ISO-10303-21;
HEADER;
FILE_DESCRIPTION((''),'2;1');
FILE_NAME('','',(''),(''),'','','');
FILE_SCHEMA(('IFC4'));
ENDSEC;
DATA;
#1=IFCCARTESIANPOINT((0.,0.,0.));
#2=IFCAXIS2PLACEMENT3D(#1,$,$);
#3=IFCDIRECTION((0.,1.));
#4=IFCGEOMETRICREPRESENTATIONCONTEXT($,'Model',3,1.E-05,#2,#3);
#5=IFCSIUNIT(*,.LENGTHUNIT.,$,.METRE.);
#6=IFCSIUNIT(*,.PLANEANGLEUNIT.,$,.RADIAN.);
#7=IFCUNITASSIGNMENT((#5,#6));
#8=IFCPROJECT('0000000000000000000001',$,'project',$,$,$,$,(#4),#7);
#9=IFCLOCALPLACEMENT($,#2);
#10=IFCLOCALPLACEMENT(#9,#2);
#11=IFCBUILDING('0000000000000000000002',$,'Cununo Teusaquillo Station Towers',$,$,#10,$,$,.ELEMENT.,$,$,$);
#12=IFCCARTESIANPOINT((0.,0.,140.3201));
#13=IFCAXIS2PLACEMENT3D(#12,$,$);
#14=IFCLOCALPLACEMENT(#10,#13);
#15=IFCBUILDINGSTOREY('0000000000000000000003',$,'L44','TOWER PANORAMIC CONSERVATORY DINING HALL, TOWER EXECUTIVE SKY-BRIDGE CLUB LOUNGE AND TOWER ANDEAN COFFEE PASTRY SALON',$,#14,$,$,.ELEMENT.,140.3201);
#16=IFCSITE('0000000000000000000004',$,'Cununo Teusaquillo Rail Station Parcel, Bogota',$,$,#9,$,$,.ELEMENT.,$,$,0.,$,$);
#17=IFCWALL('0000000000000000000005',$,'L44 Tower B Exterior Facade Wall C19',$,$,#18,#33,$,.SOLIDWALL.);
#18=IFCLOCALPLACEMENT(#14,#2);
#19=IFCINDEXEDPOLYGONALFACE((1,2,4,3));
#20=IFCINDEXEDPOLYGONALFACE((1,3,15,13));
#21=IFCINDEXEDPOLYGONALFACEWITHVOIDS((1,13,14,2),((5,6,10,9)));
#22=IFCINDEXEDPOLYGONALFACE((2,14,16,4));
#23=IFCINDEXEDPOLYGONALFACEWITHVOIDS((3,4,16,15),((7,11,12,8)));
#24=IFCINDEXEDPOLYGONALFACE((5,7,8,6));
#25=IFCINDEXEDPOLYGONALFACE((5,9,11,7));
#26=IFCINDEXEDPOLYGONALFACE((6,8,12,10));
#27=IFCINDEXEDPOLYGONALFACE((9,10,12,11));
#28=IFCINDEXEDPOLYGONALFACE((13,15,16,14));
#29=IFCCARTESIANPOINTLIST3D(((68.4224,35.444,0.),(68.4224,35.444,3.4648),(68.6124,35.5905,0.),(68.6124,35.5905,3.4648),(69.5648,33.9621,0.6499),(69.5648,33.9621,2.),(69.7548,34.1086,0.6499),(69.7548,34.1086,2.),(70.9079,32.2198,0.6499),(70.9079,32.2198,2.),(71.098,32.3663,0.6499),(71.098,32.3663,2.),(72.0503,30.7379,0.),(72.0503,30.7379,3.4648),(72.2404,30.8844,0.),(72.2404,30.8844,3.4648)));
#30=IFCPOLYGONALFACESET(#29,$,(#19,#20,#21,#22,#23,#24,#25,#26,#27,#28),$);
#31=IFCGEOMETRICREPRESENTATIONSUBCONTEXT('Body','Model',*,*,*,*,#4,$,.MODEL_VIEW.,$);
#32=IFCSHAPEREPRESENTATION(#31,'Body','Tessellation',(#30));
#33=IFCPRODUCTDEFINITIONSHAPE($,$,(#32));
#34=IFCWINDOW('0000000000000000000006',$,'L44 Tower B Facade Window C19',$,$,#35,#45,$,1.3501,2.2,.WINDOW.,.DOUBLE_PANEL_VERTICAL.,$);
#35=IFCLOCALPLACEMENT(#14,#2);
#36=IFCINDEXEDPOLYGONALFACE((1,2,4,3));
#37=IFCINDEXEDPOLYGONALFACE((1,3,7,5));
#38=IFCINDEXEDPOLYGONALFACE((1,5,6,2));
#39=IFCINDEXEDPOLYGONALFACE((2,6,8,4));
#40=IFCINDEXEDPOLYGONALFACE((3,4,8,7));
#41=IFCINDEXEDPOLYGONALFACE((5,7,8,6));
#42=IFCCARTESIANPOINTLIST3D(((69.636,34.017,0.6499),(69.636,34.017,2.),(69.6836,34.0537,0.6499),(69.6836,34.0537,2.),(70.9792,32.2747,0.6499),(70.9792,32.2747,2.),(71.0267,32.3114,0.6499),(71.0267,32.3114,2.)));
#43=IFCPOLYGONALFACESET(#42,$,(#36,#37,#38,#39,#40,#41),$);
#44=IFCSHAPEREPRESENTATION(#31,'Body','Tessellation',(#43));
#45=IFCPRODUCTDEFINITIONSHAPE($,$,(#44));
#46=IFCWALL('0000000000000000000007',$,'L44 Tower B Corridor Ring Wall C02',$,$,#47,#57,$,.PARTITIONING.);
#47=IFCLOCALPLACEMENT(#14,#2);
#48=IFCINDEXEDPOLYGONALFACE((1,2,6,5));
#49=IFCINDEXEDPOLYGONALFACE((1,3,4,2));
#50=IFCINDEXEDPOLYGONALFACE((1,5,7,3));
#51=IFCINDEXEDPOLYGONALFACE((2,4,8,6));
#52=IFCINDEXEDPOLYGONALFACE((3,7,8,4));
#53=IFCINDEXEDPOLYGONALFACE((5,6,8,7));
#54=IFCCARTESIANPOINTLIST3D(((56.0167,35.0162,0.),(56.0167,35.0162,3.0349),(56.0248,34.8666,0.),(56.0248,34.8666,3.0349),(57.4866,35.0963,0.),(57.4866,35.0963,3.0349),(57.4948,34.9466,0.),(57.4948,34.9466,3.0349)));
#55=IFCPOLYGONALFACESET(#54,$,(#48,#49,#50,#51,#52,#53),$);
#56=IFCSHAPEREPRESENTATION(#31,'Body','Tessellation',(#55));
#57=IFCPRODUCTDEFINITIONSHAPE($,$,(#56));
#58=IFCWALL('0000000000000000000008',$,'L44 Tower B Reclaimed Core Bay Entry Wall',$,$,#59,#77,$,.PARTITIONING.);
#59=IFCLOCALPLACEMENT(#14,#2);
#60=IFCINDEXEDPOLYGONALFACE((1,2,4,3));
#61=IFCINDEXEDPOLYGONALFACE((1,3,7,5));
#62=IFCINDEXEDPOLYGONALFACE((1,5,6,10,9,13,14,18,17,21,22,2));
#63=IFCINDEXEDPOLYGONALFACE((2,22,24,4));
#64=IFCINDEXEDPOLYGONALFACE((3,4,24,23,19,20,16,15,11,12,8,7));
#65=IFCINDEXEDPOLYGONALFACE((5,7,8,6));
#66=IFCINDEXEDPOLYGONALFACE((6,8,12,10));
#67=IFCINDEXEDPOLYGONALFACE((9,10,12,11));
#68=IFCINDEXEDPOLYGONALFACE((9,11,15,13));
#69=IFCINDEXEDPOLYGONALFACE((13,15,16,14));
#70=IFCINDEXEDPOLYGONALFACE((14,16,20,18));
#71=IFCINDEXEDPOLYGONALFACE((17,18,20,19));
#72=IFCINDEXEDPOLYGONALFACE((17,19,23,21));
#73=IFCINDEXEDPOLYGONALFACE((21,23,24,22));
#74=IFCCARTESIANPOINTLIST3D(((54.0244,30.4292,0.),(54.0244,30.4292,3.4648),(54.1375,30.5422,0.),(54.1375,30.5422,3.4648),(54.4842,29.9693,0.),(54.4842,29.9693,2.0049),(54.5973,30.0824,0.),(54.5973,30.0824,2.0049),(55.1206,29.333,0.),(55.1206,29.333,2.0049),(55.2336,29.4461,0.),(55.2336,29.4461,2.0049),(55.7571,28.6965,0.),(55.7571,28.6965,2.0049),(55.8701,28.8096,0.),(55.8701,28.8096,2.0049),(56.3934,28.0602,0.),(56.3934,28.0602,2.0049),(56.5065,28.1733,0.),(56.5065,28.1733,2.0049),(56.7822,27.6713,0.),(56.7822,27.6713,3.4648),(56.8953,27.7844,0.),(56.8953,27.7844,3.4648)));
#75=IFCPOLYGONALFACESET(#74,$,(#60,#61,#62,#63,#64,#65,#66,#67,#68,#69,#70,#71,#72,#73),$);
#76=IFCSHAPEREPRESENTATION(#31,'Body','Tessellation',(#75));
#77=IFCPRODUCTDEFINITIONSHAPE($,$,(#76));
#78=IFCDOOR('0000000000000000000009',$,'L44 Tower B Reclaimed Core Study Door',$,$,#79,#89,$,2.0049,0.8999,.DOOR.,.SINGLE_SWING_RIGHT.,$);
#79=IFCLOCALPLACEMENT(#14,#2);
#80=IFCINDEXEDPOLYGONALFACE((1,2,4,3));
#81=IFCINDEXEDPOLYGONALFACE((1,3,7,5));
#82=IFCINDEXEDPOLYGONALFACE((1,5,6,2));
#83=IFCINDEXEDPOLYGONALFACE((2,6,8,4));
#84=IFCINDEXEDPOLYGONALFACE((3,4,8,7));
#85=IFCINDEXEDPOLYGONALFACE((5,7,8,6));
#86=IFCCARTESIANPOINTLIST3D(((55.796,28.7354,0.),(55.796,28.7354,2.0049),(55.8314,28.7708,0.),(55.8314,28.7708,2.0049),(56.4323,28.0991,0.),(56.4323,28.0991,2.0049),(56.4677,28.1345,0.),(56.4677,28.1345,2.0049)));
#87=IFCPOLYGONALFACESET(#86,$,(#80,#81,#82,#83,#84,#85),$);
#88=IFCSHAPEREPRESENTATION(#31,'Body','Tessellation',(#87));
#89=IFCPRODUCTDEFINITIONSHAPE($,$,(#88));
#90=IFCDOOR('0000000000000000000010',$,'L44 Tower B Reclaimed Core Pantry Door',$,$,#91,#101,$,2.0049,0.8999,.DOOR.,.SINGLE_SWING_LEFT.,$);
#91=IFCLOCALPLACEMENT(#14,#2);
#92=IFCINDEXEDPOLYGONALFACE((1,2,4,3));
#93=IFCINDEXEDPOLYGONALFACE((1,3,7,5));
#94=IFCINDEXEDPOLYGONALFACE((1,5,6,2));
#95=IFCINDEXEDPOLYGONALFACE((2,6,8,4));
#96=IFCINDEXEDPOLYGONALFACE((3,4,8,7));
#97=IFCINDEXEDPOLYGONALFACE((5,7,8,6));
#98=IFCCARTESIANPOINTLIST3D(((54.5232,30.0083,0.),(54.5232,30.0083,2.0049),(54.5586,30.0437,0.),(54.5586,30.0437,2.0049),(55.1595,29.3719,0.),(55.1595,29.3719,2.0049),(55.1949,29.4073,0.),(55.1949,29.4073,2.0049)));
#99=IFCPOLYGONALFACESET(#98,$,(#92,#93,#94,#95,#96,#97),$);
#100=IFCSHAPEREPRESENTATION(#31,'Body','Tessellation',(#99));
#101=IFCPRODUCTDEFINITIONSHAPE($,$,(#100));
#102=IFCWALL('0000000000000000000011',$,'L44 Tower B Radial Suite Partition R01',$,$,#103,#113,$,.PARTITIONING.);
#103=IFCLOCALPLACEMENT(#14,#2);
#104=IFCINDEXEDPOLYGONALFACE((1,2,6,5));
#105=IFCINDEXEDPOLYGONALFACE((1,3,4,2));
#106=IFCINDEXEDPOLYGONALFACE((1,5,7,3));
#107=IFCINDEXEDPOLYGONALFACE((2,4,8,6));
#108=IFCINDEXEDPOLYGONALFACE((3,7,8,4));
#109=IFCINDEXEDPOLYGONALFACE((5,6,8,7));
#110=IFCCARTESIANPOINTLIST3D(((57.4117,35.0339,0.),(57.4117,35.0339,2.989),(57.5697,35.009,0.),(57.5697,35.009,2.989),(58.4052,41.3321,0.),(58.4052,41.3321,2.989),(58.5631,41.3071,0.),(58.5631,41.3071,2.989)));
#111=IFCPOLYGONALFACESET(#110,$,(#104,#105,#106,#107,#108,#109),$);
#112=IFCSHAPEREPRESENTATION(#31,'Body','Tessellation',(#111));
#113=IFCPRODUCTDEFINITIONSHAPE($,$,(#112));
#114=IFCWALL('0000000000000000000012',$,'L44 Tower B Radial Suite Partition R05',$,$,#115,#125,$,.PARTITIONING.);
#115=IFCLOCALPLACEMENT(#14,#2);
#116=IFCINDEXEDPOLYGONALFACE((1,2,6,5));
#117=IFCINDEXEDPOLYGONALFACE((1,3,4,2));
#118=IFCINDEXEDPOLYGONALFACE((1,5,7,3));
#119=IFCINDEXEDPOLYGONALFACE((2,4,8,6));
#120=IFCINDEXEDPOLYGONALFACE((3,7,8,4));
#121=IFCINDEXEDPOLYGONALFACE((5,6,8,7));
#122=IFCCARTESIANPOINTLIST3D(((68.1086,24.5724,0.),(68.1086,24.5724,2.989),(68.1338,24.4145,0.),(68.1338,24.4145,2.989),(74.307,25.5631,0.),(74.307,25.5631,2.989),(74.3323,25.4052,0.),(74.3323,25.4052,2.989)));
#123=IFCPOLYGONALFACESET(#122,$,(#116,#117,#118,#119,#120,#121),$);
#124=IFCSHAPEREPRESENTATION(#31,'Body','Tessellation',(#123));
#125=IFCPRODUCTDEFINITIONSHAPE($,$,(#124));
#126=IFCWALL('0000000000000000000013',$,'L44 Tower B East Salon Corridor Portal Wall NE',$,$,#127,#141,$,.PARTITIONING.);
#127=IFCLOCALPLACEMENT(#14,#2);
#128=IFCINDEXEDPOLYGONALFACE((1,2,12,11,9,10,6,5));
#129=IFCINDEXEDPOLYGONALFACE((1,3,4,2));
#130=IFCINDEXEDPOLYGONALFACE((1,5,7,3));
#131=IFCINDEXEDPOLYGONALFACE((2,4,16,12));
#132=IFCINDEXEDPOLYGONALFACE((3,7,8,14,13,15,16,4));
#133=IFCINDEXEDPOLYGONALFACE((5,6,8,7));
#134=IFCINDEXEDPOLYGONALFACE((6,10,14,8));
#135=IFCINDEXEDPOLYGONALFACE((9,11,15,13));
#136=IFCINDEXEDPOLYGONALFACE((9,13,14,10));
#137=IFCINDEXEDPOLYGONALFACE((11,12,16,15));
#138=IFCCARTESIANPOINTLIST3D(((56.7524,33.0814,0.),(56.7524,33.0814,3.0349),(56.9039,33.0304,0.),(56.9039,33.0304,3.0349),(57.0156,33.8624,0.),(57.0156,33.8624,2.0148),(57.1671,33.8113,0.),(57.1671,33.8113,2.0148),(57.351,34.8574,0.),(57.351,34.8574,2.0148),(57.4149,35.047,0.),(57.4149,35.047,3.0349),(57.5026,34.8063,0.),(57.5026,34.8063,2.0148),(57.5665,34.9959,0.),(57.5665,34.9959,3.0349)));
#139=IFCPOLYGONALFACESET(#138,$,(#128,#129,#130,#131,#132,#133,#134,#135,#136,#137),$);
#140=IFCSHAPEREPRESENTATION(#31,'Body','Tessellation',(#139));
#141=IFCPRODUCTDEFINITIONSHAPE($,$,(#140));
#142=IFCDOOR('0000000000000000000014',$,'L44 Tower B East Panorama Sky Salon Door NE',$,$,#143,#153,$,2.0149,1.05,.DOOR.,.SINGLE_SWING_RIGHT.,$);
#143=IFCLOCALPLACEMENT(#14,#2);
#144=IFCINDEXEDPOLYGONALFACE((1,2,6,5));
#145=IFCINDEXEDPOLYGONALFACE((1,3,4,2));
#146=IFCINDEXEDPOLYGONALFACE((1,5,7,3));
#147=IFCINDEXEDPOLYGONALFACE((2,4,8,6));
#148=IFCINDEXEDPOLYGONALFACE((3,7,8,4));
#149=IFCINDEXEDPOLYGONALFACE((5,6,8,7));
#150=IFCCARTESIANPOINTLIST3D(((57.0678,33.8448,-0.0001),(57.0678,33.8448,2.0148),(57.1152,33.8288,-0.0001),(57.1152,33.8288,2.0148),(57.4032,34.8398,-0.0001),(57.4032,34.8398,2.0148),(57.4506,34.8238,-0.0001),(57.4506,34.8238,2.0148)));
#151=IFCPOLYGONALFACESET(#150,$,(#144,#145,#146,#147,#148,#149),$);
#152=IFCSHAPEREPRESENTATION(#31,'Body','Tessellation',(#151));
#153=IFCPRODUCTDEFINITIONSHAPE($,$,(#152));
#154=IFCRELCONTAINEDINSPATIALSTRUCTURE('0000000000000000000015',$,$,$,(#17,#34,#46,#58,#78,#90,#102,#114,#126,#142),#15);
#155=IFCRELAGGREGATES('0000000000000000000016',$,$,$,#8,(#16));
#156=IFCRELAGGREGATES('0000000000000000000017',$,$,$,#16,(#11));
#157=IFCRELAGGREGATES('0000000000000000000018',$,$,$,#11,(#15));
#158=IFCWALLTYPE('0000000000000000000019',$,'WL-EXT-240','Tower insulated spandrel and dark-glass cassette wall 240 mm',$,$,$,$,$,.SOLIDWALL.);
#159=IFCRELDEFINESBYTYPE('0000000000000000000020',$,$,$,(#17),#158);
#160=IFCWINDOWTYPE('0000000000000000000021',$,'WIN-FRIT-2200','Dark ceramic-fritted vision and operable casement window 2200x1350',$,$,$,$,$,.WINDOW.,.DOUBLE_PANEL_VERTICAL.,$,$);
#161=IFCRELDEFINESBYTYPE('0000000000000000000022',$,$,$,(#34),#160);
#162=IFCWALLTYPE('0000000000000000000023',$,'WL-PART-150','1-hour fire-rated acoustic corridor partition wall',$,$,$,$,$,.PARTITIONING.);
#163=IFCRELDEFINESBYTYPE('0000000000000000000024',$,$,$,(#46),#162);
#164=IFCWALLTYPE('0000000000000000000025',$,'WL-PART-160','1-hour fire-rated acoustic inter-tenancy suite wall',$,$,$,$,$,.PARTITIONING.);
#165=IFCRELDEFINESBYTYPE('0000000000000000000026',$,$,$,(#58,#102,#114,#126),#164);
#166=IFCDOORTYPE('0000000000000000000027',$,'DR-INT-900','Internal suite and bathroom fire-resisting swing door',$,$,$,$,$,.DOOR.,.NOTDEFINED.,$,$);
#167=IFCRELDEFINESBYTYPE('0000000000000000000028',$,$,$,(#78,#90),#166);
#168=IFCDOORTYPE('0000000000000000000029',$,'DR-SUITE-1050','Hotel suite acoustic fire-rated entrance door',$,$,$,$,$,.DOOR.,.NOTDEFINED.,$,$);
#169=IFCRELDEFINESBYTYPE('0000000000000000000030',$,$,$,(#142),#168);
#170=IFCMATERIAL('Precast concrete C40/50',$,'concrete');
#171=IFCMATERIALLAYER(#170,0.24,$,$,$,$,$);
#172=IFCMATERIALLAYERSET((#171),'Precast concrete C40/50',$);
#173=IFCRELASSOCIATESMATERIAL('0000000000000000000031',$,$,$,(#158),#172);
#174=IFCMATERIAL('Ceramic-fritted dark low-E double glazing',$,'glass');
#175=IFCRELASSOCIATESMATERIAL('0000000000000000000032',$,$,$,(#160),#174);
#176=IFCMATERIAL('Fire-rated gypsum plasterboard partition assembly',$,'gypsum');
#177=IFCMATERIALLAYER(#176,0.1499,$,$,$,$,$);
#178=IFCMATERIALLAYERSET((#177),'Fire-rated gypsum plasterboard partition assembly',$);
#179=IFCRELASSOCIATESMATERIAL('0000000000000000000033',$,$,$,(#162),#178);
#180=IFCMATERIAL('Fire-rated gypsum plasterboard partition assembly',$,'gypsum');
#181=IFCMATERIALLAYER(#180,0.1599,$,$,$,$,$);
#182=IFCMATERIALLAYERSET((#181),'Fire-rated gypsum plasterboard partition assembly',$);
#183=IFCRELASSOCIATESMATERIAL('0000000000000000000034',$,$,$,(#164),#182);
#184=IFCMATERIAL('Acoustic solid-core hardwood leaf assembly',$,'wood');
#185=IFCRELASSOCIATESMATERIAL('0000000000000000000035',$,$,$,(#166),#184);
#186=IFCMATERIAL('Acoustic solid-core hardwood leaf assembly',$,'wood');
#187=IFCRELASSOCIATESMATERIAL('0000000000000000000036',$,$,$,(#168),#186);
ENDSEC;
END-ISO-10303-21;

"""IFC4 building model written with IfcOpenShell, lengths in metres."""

from ifc_helpers import new_model, si_unit, direction, frame, frame_2d, origin, place, context, subcontext, project, spatial, rectangle, extrude, source, transform, mapped, material, layer, layer_set, type_object, element, fill, save


model = new_model("IFC4")

# Units and contexts
model_context = context("Model", 3, precision=1e-05, world=origin(), true_north=direction((0.0, 1.0)))
body_context = subcontext(model_context, "Body", "Model", "MODEL_VIEW")
ifc_project = project(units=[si_unit("LENGTHUNIT", "METRE"), si_unit("PLANEANGLEUNIT", "RADIAN")], contexts=[model_context])

# Site, building, storey
site_placement = place(None, origin())
site = spatial("IfcSite", under=ifc_project, at=site_placement, Name="Cununo Teusaquillo Rail Station Parcel, Bogota", CompositionType="ELEMENT", RefElevation=0.0)
building_placement = place(site_placement, origin())
building = spatial("IfcBuilding", under=site, at=building_placement, Name="Cununo Teusaquillo Station Towers", CompositionType="ELEMENT")
storey_placement = place(building_placement, frame((0.0, 0.0, 140.3201)))
storey = spatial("IfcBuildingStorey", under=building, at=storey_placement, Name="L44", Description="TOWER PANORAMIC CONSERVATORY DINING HALL, TOWER EXECUTIVE SKY-BRIDGE CLUB LOUNGE AND TOWER ANDEAN COFFEE PASTRY SALON", CompositionType="ELEMENT", Elevation=140.3201)

# Shared definitions
ifc_material_1 = material(Name="Precast concrete C40/50", Category="concrete")
ifc_layer_1 = layer(ifc_material_1, 0.24)
ifc_layer_set_1 = layer_set([ifc_layer_1], Name="Precast concrete C40/50")
wall_type_1 = type_object("IfcWallType", Name="WL-EXT-240", Description="Tower insulated spandrel and dark-glass cassette wall 240 mm", PredefinedType="SOLIDWALL", material=ifc_layer_set_1)

# Wall, opening, window
wall_1_placement = place(storey_placement, frame((68.5173, 35.5173, 0.0), z_axis=(0.0, 0.0, 1.0), x_axis=(0.610544, -0.791982, 0.0)))
wall_1 = element("IfcWall", 1, at=wall_1_placement, inside=storey, type_object=wall_type_1, Name="L44 Tower B Exterior Facade Wall C19", PredefinedType="SOLIDWALL", context=body_context, shape_type="SweptSolid", body=[
    extrude(rectangle(XDim=5.9421, YDim=0.24, at=frame_2d((2.9712, 0.0))), origin(), (0.0, 0.0, 1.0), 3.4648),
])
shared_shape_1 = source(origin(), body_context, "Body", "SweptSolid", [
    extrude(rectangle(XDim=2.2, YDim=1.3501, at=frame_2d((1.1001, 0.675))), frame((0.0, 0.1299, 0.0), z_axis=(0.0, -1.0, 0.0), x_axis=(1.0, 0.0, 0.0)), (0.0, 0.0, 1.0), 0.26),
])
opening_1_placement = place(wall_1_placement, frame((1.8711, 0.0, 0.6499)))
opening_1 = element("IfcOpeningElement", 2, at=opening_1_placement, cuts=wall_1, PredefinedType="OPENING", context=body_context, shape_type="MappedRepresentation", body=[
    mapped(shared_shape_1, transform((0.0, 0.0, 0.0), x_axis=(1.0, 0.0, 0.0), y_axis=(0.0, 1.0, 0.0), z_axis=(0.0, 0.0, 1.0), scale=1.0)),
])
ifc_material_2 = material(Name="Ceramic-fritted dark low-E double glazing", Category="glass")
window_type_1 = type_object("IfcWindowType", Name="WIN-FRIT-2200", Description="Dark ceramic-fritted vision and operable casement window 2200x1350", PartitioningType="DOUBLE_PANEL_VERTICAL", PredefinedType="WINDOW", material=ifc_material_2)
shared_shape_2 = source(origin(), body_context, "Body", "SweptSolid", [
    extrude(rectangle(XDim=2.2, YDim=1.3501, at=frame_2d((1.1001, 0.675))), frame((0.0, 0.03, 0.0), z_axis=(0.0, -1.0, 0.0), x_axis=(1.0, 0.0, 0.0)), (0.0, 0.0, 1.0), 0.0601),
])
window_1_placement = place(opening_1_placement, origin())
window_1 = element("IfcWindow", 3, at=window_1_placement, inside=storey, type_object=window_type_1, Name="L44 Tower B Facade Window C19", OverallHeight=1.3501, OverallWidth=2.2, PartitioningType="DOUBLE_PANEL_VERTICAL", PredefinedType="WINDOW", context=body_context, shape_type="MappedRepresentation", body=[
    mapped(shared_shape_2, transform((0.0, 0.0, 0.0), x_axis=(1.0, 0.0, 0.0), y_axis=(0.0, 1.0, 0.0), z_axis=(0.0, 0.0, 1.0), scale=1.0)),
])
fill(opening_1, window_1)

# Wall
ifc_material_3 = material(Name="Fire-rated gypsum plasterboard partition assembly", Category="gypsum")
ifc_layer_2 = layer(ifc_material_3, 0.1499)
ifc_layer_set_2 = layer_set([ifc_layer_2], Name="Fire-rated gypsum plasterboard partition assembly")
wall_type_2 = type_object("IfcWallType", Name="WL-PART-150", Description="1-hour fire-rated acoustic corridor partition wall", PredefinedType="PARTITIONING", material=ifc_layer_set_2)
wall_2_placement = place(storey_placement, frame((57.4907, 35.0215, 0.0), z_axis=(0.0, 0.0, 1.0), x_axis=(-0.998519, -0.054395, 0.0)))
element("IfcWall", 4, at=wall_2_placement, inside=storey, type_object=wall_type_2, Name="L44 Tower B Corridor Ring Wall C02", PredefinedType="PARTITIONING", context=body_context, shape_type="SweptSolid", body=[
    extrude(rectangle(XDim=1.4722, YDim=0.1499, at=frame_2d((0.7361, 0.0))), origin(), (0.0, 0.0, 1.0), 3.0349),
])

# Wall, openings, doors
ifc_material_4 = material(Name="Fire-rated gypsum plasterboard partition assembly", Category="gypsum")
ifc_layer_3 = layer(ifc_material_4, 0.1599)
ifc_layer_set_3 = layer_set([ifc_layer_3], Name="Fire-rated gypsum plasterboard partition assembly")
wall_type_3 = type_object("IfcWallType", Name="WL-PART-160", Description="1-hour fire-rated acoustic inter-tenancy suite wall", PredefinedType="PARTITIONING", material=ifc_layer_set_3)
wall_3_placement = place(storey_placement, frame((56.8389, 27.7278, 0.0), z_axis=(0.0, 0.0, 1.0), x_axis=(-0.707107, 0.707107, 0.0)))
wall_3 = element("IfcWall", 5, at=wall_3_placement, inside=storey, type_object=wall_type_3, Name="L44 Tower B Reclaimed Core Bay Entry Wall", PredefinedType="PARTITIONING", context=body_context, shape_type="SweptSolid", body=[
    extrude(rectangle(XDim=3.9001, YDim=0.1599, at=frame_2d((1.9502, 0.0))), origin(), (0.0, 0.0, 1.0), 3.4648),
])
shared_shape_3 = source(origin(), body_context, "Body", "SweptSolid", [
    extrude(rectangle(XDim=0.8999, YDim=2.0049, at=frame_2d((0.45, 1.0024))), frame((0.0, 0.0898, 0.0), z_axis=(0.0, -1.0, 0.0), x_axis=(1.0, 0.0, 0.0)), (0.0, 0.0, 1.0), 0.1799),
])
opening_2_placement = place(wall_3_placement, frame((0.55, 0.0, 0.0)))
opening_2 = element("IfcOpeningElement", 6, at=opening_2_placement, cuts=wall_3, PredefinedType="OPENING", context=body_context, shape_type="MappedRepresentation", body=[
    mapped(shared_shape_3, transform((0.0, 0.0, 0.0), x_axis=(1.0, 0.0, 0.0), y_axis=(0.0, 1.0, 0.0), z_axis=(0.0, 0.0, 1.0), scale=1.0)),
])
opening_3_placement = place(wall_3_placement, frame((2.3501, 0.0, 0.0)))
opening_3 = element("IfcOpeningElement", 7, at=opening_3_placement, cuts=wall_3, PredefinedType="OPENING", context=body_context, shape_type="MappedRepresentation", body=[
    mapped(shared_shape_3, transform((0.0, 0.0, 0.0), x_axis=(1.0, 0.0, 0.0), y_axis=(0.0, 1.0, 0.0), z_axis=(0.0, 0.0, 1.0), scale=1.0)),
])
ifc_material_5 = material(Name="Acoustic solid-core hardwood leaf assembly", Category="wood")
door_type_1 = type_object("IfcDoorType", Name="DR-INT-900", Description="Internal suite and bathroom fire-resisting swing door", OperationType="NOTDEFINED", PredefinedType="DOOR", material=ifc_material_5)
shared_shape_4 = source(origin(), body_context, "Body", "SweptSolid", [
    extrude(rectangle(XDim=0.8999, YDim=2.0049, at=frame_2d((0.45, 1.0024))), frame((0.0, 0.0249, 0.0), z_axis=(0.0, -1.0, 0.0), x_axis=(1.0, 0.0, 0.0)), (0.0, 0.0, 1.0), 0.05),
])
door_1_placement = place(opening_2_placement, origin())
door_1 = element("IfcDoor", 8, at=door_1_placement, inside=storey, type_object=door_type_1, Name="L44 Tower B Reclaimed Core Study Door", OperationType="SINGLE_SWING_RIGHT", OverallHeight=2.0049, OverallWidth=0.8999, PredefinedType="DOOR", context=body_context, shape_type="MappedRepresentation", body=[
    mapped(shared_shape_4, transform((0.0, 0.0, 0.0), x_axis=(1.0, 0.0, 0.0), y_axis=(0.0, 1.0, 0.0), z_axis=(0.0, 0.0, 1.0), scale=1.0)),
])
fill(opening_2, door_1)
door_2_placement = place(opening_3_placement, origin())
door_2 = element("IfcDoor", 9, at=door_2_placement, inside=storey, type_object=door_type_1, Name="L44 Tower B Reclaimed Core Pantry Door", OperationType="SINGLE_SWING_LEFT", OverallHeight=2.0049, OverallWidth=0.8999, PredefinedType="DOOR", context=body_context, shape_type="MappedRepresentation", body=[
    mapped(shared_shape_4, transform((0.0, 0.0, 0.0), x_axis=(1.0, 0.0, 0.0), y_axis=(0.0, 1.0, 0.0), z_axis=(0.0, 0.0, 1.0), scale=1.0)),
])
fill(opening_3, door_2)

# Walls
wall_4_placement = place(storey_placement, frame((57.4907, 35.0215, 0.0), z_axis=(0.0, 0.0, 1.0), x_axis=(0.155805, 0.987788, 0.0)))
element("IfcWall", 10, at=wall_4_placement, inside=storey, type_object=wall_type_3, Name="L44 Tower B Radial Suite Partition R01", PredefinedType="PARTITIONING", context=body_context, shape_type="SweptSolid", body=[
    extrude(rectangle(XDim=6.376, YDim=0.1599, at=frame_2d((3.188, 0.0))), origin(), (0.0, 0.0, 1.0), 2.989),
])
wall_5_placement = place(storey_placement, frame((68.1211, 24.4934, 0.0), z_axis=(0.0, 0.0, 1.0), x_axis=(0.987466, 0.15783, 0.0)))
element("IfcWall", 11, at=wall_5_placement, inside=storey, type_object=wall_type_3, Name="L44 Tower B Radial Suite Partition R05", PredefinedType="PARTITIONING", context=body_context, shape_type="SweptSolid", body=[
    extrude(rectangle(XDim=6.2771, YDim=0.1599, at=frame_2d((3.1387, 0.0))), origin(), (0.0, 0.0, 1.0), 2.989),
])

# Wall, opening, door
wall_6_placement = place(storey_placement, frame((56.8281, 33.0559, 0.0), z_axis=(0.0, 0.0, 1.0), x_axis=(0.319439, 0.947607, 0.0)))
wall_6 = element("IfcWall", 12, at=wall_6_placement, inside=storey, type_object=wall_type_3, Name="L44 Tower B East Salon Corridor Portal Wall NE", PredefinedType="PARTITIONING", context=body_context, shape_type="SweptSolid", body=[
    extrude(rectangle(XDim=2.0742, YDim=0.1599, at=frame_2d((1.0371, 0.0))), origin(), (0.0, 0.0, 1.0), 3.0349),
])
shared_shape_5 = source(origin(), body_context, "Body", "SweptSolid", [
    extrude(rectangle(XDim=1.05, YDim=2.0149, at=frame_2d((0.5249, 1.0073))), frame((0.0, 0.0898, 0.0), z_axis=(0.0, -1.0, 0.0), x_axis=(1.0, 0.0, 0.0)), (0.0, 0.0, 1.0), 0.1799),
])
opening_4_placement = place(wall_6_placement, frame((0.8242, 0.0, 0.0)))
opening_4 = element("IfcOpeningElement", 13, at=opening_4_placement, cuts=wall_6, PredefinedType="OPENING", context=body_context, shape_type="MappedRepresentation", body=[
    mapped(shared_shape_5, transform((0.0, 0.0, 0.0), x_axis=(1.0, 0.0, 0.0), y_axis=(0.0, 1.0, 0.0), z_axis=(0.0, 0.0, 1.0), scale=1.0)),
])
ifc_material_6 = material(Name="Acoustic solid-core hardwood leaf assembly", Category="wood")
door_type_2 = type_object("IfcDoorType", Name="DR-SUITE-1050", Description="Hotel suite acoustic fire-rated entrance door", OperationType="NOTDEFINED", PredefinedType="DOOR", material=ifc_material_6)
shared_shape_6 = source(origin(), body_context, "Body", "SweptSolid", [
    extrude(rectangle(XDim=1.05, YDim=2.0149, at=frame_2d((0.5249, 1.0073))), frame((0.0, 0.0249, 0.0), z_axis=(0.0, -1.0, 0.0), x_axis=(1.0, 0.0, 0.0)), (0.0, 0.0, 1.0), 0.05),
])
door_3_placement = place(opening_4_placement, origin())
door_3 = element("IfcDoor", 14, at=door_3_placement, inside=storey, type_object=door_type_2, Name="L44 Tower B East Panorama Sky Salon Door NE", OperationType="SINGLE_SWING_RIGHT", OverallHeight=2.0149, OverallWidth=1.05, PredefinedType="DOOR", context=body_context, shape_type="MappedRepresentation", body=[
    mapped(shared_shape_6, transform((0.0, 0.0, 0.0), x_axis=(1.0, 0.0, 0.0), y_axis=(0.0, 1.0, 0.0), z_axis=(0.0, 0.0, 1.0), scale=1.0)),
])
fill(opening_4, door_3)

save(model, "model.ifc")
